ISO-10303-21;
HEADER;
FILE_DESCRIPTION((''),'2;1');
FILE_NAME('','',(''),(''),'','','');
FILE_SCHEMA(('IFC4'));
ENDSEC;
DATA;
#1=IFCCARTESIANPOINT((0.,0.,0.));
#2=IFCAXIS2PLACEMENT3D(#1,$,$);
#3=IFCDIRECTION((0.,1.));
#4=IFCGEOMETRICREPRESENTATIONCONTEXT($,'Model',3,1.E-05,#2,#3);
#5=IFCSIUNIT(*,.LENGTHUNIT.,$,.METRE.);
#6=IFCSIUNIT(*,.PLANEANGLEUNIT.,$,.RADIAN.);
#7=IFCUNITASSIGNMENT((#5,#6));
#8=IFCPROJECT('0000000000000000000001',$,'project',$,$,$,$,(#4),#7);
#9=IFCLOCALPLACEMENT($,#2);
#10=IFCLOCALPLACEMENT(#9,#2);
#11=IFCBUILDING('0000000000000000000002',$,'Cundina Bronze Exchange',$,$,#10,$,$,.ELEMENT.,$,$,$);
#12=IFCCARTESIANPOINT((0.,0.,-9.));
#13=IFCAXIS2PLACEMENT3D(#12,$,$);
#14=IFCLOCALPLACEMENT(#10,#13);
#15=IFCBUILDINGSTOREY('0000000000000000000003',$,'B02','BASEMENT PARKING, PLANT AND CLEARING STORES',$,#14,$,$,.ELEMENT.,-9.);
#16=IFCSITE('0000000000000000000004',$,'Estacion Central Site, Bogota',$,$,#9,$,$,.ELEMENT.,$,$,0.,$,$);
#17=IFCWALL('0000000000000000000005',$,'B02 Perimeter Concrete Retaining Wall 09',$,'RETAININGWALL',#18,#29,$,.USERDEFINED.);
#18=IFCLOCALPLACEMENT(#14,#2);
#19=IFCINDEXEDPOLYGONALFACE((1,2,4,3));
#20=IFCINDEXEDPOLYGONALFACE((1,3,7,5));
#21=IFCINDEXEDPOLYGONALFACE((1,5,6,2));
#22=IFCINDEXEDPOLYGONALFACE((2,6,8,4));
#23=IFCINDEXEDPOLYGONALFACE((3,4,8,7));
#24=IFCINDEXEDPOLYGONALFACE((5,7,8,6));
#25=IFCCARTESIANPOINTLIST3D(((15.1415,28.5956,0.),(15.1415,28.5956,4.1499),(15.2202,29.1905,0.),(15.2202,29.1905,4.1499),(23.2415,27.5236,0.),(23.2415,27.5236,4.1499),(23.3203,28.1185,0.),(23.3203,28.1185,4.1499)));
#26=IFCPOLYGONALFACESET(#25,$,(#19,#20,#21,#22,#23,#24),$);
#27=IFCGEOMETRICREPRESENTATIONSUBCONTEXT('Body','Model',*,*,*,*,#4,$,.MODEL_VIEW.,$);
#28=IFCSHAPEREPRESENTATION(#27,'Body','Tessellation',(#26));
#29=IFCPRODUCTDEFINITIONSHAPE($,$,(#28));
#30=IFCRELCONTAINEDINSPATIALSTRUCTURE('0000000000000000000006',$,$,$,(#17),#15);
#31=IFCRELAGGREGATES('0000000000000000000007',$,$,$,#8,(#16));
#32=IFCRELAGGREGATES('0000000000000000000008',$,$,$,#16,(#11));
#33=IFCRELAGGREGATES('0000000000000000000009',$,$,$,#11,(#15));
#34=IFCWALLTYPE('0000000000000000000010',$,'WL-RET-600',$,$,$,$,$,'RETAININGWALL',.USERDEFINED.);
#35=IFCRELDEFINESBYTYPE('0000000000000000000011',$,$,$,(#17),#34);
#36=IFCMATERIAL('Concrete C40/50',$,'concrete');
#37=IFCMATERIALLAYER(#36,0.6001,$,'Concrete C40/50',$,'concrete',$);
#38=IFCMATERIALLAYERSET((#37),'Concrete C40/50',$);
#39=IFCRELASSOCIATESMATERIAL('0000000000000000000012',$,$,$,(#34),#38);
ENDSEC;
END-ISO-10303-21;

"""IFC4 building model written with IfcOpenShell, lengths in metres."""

from ifc_helpers import new_model, si_unit, direction, frame, frame_2d, origin, place, context, subcontext, project, spatial, rectangle, extrude, material, layer, layer_set, type_object, element, save


model = new_model("IFC4")

# Units and contexts
model_context = context("Model", 3, precision=1e-05, world=origin(), true_north=direction((0.0, 1.0)))
body_context = subcontext(model_context, "Body", "Model", "MODEL_VIEW")
ifc_project = project(units=[si_unit("LENGTHUNIT", "METRE"), si_unit("PLANEANGLEUNIT", "RADIAN")], contexts=[model_context])

# Site, building, storey
site_placement = place(None, origin())
site = spatial("IfcSite", under=ifc_project, at=site_placement, Name="Estacion Central Site, Bogota", CompositionType="ELEMENT", RefElevation=0.0)
building_placement = place(site_placement, origin())
building = spatial("IfcBuilding", under=site, at=building_placement, Name="Cundina Bronze Exchange", CompositionType="ELEMENT")
storey_placement = place(building_placement, frame((0.0, 0.0, -9.0)))
storey = spatial("IfcBuildingStorey", under=building, at=storey_placement, Name="B02", Description="BASEMENT PARKING, PLANT AND CLEARING STORES", CompositionType="ELEMENT", Elevation=-9.0)

# Shared definitions
ifc_material_1 = material(Name="Concrete C40/50", Category="concrete")

# Wall
ifc_layer_1 = layer(ifc_material_1, 0.6001, Name="Concrete C40/50", Category="concrete")
ifc_layer_set_1 = layer_set([ifc_layer_1], Name="Concrete C40/50")
wall_type_1 = type_object("IfcWallType", Name="WL-RET-600", ElementType="RETAININGWALL", PredefinedType="USERDEFINED", material=ifc_layer_set_1)
wall_1_placement = place(storey_placement, frame((23.281, 27.821, 0.0), z_axis=(0.0, 0.0, 1.0), x_axis=(-0.991356, 0.131203, 0.0)))
element("IfcWall", 1, at=wall_1_placement, inside=storey, type_object=wall_type_1, Name="B02 Perimeter Concrete Retaining Wall 09", ObjectType="RETAININGWALL", PredefinedType="USERDEFINED", context=body_context, shape_type="SweptSolid", body=[
    extrude(rectangle(XDim=8.1707, YDim=0.6001, at=frame_2d((4.0854, 0.0))), origin(), (0.0, 0.0, 1.0), 4.1499),
])

save(model, "model.ifc")
